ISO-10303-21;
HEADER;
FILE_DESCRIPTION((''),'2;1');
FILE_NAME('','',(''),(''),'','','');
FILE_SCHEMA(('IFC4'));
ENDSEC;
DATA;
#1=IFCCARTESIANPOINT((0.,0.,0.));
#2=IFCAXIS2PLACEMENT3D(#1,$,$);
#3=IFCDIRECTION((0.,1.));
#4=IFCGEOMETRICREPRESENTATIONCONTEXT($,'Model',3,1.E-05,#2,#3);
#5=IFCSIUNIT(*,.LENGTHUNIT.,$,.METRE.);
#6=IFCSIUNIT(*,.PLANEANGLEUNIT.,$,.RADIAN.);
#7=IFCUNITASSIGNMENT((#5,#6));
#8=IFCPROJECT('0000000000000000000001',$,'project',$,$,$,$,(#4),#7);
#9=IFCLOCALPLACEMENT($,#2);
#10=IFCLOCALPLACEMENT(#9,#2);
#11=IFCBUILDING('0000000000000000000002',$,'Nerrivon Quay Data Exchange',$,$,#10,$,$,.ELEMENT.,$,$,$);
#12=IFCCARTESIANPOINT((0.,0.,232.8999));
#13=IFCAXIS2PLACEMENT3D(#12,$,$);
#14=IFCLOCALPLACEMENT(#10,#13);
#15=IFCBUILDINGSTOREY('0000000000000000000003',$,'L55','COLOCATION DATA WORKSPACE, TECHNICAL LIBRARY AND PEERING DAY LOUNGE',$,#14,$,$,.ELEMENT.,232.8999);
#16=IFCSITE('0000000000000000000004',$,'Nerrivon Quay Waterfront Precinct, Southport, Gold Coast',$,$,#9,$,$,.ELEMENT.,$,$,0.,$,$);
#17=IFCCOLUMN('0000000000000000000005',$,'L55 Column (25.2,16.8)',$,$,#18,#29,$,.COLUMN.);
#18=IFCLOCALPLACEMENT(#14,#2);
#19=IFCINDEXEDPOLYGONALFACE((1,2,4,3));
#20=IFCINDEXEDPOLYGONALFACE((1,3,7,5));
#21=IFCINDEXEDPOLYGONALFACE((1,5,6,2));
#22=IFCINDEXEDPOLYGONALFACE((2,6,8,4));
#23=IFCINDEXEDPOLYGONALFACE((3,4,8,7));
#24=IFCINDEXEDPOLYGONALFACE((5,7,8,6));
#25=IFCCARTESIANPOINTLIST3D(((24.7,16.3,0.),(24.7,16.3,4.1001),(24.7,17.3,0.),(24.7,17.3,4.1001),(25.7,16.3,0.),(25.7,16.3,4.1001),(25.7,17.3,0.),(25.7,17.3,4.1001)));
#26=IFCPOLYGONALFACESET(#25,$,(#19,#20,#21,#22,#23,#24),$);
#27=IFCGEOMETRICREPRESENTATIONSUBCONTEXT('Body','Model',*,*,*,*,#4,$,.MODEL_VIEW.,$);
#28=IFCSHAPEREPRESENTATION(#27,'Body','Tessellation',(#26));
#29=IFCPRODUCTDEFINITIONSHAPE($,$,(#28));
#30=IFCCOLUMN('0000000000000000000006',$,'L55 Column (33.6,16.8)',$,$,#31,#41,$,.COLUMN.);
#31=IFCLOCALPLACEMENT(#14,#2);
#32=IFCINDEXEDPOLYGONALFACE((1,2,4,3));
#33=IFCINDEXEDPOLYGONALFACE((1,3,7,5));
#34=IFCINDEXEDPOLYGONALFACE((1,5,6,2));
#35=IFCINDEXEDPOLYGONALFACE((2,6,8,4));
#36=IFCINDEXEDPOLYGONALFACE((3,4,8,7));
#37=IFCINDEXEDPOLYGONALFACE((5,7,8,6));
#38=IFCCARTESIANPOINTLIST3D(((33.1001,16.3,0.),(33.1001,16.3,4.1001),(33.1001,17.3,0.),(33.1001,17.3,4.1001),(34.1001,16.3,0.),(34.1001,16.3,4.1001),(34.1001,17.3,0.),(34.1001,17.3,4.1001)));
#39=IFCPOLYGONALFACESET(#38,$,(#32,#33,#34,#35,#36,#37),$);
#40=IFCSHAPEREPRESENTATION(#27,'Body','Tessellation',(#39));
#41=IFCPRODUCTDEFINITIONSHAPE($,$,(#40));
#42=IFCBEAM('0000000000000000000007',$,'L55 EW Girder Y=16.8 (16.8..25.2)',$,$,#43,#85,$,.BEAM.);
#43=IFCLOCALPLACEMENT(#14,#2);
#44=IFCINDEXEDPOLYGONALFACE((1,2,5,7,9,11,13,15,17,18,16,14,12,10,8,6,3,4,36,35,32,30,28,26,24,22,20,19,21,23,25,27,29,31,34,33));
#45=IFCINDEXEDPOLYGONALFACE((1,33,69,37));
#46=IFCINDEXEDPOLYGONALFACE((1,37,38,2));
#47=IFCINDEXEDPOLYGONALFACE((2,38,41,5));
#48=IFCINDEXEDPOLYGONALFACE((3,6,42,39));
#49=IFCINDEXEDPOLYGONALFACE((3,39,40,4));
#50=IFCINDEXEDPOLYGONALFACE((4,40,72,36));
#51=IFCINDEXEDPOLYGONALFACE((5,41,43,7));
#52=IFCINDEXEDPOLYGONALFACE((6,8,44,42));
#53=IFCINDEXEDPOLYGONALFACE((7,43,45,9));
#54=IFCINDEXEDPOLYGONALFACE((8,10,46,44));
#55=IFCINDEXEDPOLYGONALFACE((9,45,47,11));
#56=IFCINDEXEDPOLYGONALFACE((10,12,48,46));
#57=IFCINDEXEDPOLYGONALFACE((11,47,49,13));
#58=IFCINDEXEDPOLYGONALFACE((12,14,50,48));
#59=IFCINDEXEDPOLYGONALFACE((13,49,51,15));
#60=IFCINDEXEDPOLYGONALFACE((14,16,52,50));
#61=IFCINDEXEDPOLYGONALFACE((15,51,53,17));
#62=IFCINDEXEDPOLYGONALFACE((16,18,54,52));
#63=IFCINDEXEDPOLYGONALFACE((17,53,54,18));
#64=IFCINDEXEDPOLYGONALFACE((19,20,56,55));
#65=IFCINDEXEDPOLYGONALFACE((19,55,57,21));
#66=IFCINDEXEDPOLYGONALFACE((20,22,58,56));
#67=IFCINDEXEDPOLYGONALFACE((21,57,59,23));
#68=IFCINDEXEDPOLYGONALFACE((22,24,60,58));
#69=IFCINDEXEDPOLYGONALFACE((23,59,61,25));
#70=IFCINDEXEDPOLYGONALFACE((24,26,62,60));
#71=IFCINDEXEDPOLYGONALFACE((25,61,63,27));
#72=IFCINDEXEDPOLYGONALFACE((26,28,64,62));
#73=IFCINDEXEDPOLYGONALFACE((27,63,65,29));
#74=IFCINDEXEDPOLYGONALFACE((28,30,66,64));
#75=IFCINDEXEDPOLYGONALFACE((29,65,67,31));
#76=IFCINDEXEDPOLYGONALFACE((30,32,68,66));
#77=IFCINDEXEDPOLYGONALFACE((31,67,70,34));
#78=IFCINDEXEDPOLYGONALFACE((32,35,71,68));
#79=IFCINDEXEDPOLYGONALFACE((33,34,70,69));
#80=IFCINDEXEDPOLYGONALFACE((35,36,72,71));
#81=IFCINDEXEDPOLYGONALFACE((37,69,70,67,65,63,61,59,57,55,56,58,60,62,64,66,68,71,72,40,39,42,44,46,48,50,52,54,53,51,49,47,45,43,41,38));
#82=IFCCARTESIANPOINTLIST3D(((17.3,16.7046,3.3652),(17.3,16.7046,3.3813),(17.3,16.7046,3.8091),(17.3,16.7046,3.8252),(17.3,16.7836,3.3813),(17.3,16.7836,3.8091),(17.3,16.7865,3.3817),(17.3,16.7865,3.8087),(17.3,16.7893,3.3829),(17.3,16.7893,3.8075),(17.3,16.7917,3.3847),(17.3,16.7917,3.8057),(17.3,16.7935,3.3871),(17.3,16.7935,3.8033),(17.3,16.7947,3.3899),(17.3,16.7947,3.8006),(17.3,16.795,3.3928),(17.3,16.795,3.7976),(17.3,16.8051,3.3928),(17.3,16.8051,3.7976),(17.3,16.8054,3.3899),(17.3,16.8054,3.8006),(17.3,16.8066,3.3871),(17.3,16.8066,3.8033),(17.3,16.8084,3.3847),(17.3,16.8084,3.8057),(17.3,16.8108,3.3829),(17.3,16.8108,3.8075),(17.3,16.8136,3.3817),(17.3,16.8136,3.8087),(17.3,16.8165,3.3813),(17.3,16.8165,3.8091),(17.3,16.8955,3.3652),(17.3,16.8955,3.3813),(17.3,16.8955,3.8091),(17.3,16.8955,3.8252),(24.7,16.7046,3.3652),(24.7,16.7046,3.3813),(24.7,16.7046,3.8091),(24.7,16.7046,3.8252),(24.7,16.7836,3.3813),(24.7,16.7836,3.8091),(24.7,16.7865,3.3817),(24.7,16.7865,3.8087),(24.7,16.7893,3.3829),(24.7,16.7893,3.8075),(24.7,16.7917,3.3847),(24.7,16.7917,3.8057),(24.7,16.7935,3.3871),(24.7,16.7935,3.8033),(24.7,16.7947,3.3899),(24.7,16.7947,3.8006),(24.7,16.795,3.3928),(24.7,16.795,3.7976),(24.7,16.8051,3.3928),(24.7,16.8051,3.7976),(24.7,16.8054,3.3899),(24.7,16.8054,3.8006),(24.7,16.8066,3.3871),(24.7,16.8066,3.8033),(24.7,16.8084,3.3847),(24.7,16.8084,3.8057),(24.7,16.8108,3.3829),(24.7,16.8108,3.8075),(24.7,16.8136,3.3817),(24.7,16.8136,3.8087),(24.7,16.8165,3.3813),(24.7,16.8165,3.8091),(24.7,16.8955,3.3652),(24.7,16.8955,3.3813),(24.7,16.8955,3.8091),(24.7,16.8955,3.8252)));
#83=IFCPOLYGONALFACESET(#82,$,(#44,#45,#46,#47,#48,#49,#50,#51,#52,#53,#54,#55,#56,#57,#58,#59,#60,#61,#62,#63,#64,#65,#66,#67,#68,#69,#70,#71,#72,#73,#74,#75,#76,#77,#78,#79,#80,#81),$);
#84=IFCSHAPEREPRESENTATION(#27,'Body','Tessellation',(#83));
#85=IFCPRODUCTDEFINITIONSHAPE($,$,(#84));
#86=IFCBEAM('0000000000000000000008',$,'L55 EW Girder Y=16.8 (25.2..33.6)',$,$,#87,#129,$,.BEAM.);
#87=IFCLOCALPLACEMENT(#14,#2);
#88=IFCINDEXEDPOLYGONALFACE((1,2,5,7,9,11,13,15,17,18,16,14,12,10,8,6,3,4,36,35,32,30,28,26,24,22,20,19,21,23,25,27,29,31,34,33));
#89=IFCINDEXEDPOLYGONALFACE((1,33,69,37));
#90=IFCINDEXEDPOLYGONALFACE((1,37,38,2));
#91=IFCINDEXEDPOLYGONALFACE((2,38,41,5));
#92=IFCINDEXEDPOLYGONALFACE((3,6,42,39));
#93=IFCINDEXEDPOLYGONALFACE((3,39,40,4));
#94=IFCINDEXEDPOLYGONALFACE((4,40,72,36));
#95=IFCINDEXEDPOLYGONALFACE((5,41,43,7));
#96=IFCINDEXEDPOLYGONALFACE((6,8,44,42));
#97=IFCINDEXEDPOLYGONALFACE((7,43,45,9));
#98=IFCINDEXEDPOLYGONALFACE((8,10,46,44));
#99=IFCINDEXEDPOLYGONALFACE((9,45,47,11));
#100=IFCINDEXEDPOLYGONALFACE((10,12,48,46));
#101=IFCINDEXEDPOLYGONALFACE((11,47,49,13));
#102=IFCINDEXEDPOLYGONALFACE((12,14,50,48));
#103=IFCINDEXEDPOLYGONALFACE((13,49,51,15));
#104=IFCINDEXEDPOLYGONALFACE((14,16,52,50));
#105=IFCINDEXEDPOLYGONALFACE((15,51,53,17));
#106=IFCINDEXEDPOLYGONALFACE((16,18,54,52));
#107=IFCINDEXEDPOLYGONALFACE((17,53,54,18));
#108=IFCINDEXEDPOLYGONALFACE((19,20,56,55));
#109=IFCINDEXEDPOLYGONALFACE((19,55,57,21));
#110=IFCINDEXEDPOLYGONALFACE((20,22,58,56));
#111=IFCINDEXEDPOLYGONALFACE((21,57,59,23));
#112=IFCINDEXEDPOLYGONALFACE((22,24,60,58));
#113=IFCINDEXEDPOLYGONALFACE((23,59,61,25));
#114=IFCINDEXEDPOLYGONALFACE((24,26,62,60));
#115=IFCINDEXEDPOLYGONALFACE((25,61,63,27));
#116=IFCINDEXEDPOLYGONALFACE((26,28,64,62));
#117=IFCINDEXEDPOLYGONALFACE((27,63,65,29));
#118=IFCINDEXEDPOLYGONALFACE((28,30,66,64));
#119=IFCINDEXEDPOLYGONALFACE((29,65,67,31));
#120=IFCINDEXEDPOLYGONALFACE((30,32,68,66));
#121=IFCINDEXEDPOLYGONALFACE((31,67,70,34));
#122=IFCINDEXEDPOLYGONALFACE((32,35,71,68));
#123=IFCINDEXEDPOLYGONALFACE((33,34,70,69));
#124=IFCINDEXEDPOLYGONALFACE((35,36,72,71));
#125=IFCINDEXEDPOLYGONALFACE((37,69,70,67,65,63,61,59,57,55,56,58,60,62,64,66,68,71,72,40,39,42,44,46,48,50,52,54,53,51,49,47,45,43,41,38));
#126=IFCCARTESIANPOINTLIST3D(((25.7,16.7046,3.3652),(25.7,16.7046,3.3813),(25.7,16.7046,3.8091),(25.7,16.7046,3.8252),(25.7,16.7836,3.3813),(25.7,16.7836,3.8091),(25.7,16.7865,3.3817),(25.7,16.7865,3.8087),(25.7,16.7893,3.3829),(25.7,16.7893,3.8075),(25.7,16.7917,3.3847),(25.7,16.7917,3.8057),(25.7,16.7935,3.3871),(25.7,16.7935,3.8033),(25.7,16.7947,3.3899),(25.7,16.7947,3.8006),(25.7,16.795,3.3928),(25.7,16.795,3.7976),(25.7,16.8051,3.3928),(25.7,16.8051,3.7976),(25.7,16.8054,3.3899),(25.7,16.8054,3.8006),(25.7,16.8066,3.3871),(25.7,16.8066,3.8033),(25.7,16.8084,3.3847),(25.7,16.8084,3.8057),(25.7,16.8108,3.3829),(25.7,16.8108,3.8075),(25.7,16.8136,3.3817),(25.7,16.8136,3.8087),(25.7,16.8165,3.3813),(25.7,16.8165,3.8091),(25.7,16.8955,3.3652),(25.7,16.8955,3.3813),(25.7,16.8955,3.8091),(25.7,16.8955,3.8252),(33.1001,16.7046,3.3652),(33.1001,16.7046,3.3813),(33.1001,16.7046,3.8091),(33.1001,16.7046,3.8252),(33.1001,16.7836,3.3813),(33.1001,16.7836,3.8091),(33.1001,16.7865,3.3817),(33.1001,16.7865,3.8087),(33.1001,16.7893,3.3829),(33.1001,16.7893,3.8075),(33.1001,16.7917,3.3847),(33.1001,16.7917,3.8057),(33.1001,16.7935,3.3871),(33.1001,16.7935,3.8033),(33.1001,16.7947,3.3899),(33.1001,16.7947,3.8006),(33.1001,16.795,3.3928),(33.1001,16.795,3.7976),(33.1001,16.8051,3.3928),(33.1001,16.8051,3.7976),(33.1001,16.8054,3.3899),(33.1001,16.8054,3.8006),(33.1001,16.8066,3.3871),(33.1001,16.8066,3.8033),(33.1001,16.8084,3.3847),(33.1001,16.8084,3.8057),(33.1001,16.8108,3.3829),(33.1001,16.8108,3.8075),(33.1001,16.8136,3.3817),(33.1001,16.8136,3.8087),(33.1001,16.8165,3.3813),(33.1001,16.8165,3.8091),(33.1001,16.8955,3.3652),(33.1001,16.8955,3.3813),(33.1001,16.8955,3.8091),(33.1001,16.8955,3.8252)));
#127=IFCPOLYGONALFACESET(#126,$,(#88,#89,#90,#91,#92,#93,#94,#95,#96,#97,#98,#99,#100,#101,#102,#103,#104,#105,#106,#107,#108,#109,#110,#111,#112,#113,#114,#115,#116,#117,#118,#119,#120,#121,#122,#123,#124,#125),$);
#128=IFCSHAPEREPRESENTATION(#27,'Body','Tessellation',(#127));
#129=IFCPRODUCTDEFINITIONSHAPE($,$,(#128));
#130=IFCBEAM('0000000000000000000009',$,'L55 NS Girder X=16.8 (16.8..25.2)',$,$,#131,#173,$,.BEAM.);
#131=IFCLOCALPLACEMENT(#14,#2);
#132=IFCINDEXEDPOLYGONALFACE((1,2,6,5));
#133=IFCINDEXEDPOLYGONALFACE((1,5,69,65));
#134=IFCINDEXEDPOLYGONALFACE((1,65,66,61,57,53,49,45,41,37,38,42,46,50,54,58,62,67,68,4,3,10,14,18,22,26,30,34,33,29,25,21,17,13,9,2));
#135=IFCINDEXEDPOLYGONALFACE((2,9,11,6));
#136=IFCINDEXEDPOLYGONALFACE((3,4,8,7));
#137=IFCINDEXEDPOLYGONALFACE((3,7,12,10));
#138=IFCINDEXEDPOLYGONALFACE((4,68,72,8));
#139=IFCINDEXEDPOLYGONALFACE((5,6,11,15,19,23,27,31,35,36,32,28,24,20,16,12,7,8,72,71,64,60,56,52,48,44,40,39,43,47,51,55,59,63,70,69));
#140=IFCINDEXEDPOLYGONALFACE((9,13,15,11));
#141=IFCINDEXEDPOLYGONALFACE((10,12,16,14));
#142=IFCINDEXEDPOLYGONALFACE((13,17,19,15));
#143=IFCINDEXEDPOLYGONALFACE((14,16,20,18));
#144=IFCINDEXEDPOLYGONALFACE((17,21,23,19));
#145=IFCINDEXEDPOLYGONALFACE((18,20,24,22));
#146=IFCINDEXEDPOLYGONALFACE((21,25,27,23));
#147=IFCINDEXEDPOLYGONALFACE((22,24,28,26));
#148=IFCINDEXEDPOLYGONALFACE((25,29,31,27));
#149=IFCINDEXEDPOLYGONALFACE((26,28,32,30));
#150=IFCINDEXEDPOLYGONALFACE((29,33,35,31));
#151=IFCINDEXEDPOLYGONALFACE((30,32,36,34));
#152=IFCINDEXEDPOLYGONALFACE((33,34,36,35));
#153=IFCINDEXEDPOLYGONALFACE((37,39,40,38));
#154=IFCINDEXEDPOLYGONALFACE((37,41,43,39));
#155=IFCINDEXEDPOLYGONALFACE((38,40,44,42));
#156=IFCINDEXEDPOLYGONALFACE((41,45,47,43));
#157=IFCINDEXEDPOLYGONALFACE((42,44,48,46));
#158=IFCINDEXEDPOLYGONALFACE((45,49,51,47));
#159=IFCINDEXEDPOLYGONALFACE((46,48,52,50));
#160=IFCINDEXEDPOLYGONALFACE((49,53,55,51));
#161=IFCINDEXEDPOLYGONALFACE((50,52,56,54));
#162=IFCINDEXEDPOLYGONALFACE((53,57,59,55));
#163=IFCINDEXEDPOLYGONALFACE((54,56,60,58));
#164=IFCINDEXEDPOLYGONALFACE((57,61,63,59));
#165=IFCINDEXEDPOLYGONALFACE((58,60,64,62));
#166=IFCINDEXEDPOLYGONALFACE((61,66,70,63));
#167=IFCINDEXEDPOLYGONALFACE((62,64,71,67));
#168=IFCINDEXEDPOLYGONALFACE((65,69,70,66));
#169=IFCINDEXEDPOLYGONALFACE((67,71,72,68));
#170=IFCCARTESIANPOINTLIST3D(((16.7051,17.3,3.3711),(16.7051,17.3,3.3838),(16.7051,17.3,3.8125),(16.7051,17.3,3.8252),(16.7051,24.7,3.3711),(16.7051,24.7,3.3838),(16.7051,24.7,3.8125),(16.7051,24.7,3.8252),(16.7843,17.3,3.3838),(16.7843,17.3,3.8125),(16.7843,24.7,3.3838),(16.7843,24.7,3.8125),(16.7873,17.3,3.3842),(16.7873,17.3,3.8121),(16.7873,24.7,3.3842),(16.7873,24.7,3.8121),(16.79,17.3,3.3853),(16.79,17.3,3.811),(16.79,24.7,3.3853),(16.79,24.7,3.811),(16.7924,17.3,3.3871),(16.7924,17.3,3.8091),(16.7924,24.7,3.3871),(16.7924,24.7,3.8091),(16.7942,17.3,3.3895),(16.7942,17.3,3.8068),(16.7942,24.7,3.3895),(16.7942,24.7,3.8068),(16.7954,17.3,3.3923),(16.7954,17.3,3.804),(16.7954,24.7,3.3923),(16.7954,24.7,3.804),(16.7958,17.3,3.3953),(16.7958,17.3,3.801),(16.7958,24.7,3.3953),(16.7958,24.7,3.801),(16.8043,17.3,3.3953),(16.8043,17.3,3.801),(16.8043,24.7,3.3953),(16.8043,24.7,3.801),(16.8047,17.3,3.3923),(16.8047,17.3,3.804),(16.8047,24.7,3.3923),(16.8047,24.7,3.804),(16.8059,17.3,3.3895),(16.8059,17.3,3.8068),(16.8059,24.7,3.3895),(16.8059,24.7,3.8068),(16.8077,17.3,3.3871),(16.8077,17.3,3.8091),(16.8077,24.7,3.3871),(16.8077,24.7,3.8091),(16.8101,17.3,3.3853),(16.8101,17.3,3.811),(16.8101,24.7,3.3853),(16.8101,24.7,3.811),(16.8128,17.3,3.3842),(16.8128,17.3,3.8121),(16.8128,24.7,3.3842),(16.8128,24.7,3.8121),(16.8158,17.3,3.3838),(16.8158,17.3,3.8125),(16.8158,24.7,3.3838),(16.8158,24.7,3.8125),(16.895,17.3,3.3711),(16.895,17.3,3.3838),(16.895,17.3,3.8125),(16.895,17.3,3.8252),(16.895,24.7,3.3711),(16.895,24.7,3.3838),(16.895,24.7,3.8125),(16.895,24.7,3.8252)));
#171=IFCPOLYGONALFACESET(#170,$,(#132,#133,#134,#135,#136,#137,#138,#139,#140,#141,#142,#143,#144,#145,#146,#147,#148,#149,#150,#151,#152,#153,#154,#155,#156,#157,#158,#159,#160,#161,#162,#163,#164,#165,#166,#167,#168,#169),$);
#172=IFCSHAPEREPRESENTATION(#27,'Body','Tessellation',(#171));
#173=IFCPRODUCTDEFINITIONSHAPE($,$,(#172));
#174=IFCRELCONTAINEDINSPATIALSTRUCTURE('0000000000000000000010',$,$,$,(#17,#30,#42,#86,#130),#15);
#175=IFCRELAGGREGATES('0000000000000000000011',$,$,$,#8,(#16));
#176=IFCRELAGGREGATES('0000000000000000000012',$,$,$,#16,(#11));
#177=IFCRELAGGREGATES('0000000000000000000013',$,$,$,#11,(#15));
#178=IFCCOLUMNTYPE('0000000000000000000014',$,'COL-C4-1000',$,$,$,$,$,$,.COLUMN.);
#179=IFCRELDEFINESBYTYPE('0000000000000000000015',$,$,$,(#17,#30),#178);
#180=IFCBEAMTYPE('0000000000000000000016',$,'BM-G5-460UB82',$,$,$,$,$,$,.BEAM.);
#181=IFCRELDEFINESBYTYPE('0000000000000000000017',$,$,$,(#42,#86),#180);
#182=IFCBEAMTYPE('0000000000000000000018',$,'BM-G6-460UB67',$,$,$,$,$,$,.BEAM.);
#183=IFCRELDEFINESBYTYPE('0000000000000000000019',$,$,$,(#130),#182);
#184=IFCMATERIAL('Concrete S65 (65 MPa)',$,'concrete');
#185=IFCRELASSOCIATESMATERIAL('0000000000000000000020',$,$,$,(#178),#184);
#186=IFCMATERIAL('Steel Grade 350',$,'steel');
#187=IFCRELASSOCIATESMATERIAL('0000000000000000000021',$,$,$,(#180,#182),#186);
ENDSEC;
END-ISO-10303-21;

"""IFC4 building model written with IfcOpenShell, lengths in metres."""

from ifc_helpers import new_model, si_unit, direction, frame, origin, origin_2d, place, context, subcontext, project, spatial, rectangle, i_section, extrude, material, material_profile, profile_set, type_object, element, save


model = new_model("IFC4")

# Units and contexts
model_context = context("Model", 3, precision=1e-05, world=origin(), true_north=direction((0.0, 1.0)))
body_context = subcontext(model_context, "Body", "Model", "MODEL_VIEW")
ifc_project = project(units=[si_unit("LENGTHUNIT", "METRE"), si_unit("PLANEANGLEUNIT", "RADIAN")], contexts=[model_context])

# Site, building, storey
site_placement = place(None, origin())
site = spatial("IfcSite", under=ifc_project, at=site_placement, Name="Nerrivon Quay Waterfront Precinct, Southport, Gold Coast", CompositionType="ELEMENT", RefElevation=0.0)
building_placement = place(site_placement, origin())
building = spatial("IfcBuilding", under=site, at=building_placement, Name="Nerrivon Quay Data Exchange", CompositionType="ELEMENT")
storey_placement = place(building_placement, frame((0.0, 0.0, 232.8999)))
storey = spatial("IfcBuildingStorey", under=building, at=storey_placement, Name="L55", Description="COLOCATION DATA WORKSPACE, TECHNICAL LIBRARY AND PEERING DAY LOUNGE", CompositionType="ELEMENT", Elevation=232.8999)

# Columns
ifc_material_1 = material(Name="Concrete S65 (65 MPa)", Category="concrete")
ifc_material_profile_1 = material_profile(ifc_material_1, rectangle(XDim=1.0, YDim=1.0, at=origin_2d()), Name="RC-COL-1000x1000")
ifc_profile_set_1 = profile_set([ifc_material_profile_1], Name="Concrete S65 (65 MPa)")
column_type = type_object("IfcColumnType", Name="COL-C4-1000", PredefinedType="COLUMN", material=ifc_profile_set_1)
for number, where, z_axis, x_axis, name in (
    (1, (25.2, 16.8, 0.0), (0.0, 0.0, 1.0), (1.0, 0.0, 0.0), "L55 Column (25.2,16.8)"),
    (2, (33.6001, 16.8, 0.0), (0.0, 0.0, 1.0), (1.0, 0.0, 0.0), "L55 Column (33.6,16.8)"),
):
    element("IfcColumn", number, at=place(storey_placement, frame(where, z_axis=z_axis, x_axis=x_axis)), inside=storey, type_object=column_type, Name=name, PredefinedType="COLUMN", context=body_context, shape_type="SweptSolid", body=[
        extrude(rectangle(XDim=1.0, YDim=1.0, at=origin_2d()), origin(), (0.0, 0.0, 1.0), 4.1001),
    ])

# Beams
ifc_material_2 = material(Name="Steel Grade 350", Category="steel")
ifc_material_profile_2 = material_profile(ifc_material_2, i_section(OverallWidth=0.1909, OverallDepth=0.46, WebThickness=0.01, FlangeThickness=0.0161, FilletRadius=0.0115, at=origin_2d()), Name="460UB82.1")
ifc_profile_set_2 = profile_set([ifc_material_profile_2], Name="Steel Grade 350")
beam_type_1 = type_object("IfcBeamType", Name="BM-G5-460UB82", PredefinedType="BEAM", material=ifc_profile_set_2)
beam_1_placement = place(storey_placement, frame((17.3, 16.8, 3.5952), z_axis=(1.0, 0.0, 0.0), x_axis=(0.0, 1.0, 0.0)))
element("IfcBeam", 3, at=beam_1_placement, inside=storey, type_object=beam_type_1, Name="L55 EW Girder Y=16.8 (16.8..25.2)", PredefinedType="BEAM", context=body_context, shape_type="SweptSolid", body=[
    extrude(i_section(OverallWidth=0.1909, OverallDepth=0.46, WebThickness=0.01, FlangeThickness=0.0161, FilletRadius=0.0115, at=origin_2d()), origin(), (0.0, 0.0, 1.0), 7.3999),
])
beam_2_placement = place(storey_placement, frame((25.7, 16.8, 3.5952), z_axis=(1.0, 0.0, 0.0), x_axis=(0.0, 1.0, 0.0)))
element("IfcBeam", 4, at=beam_2_placement, inside=storey, type_object=beam_type_1, Name="L55 EW Girder Y=16.8 (25.2..33.6)", PredefinedType="BEAM", context=body_context, shape_type="SweptSolid", body=[
    extrude(i_section(OverallWidth=0.1909, OverallDepth=0.46, WebThickness=0.01, FlangeThickness=0.0161, FilletRadius=0.0115, at=origin_2d()), origin(), (0.0, 0.0, 1.0), 7.4001),
])
ifc_material_profile_3 = material_profile(ifc_material_2, i_section(OverallWidth=0.1899, OverallDepth=0.4541, WebThickness=0.0085, FlangeThickness=0.0127, FilletRadius=0.0115, at=origin_2d()), Name="460UB67.1")
ifc_profile_set_3 = profile_set([ifc_material_profile_3], Name="Steel Grade 350")
beam_type_2 = type_object("IfcBeamType", Name="BM-G6-460UB67", PredefinedType="BEAM", material=ifc_profile_set_3)
beam_3_placement = place(storey_placement, frame((16.8, 17.3, 3.5981), z_axis=(0.0, 1.0, 0.0), x_axis=(-1.0, 0.0, 0.0)))
element("IfcBeam", 5, at=beam_3_placement, inside=storey, type_object=beam_type_2, Name="L55 NS Girder X=16.8 (16.8..25.2)", PredefinedType="BEAM", context=body_context, shape_type="SweptSolid", body=[
    extrude(i_section(OverallWidth=0.1899, OverallDepth=0.4541, WebThickness=0.0085, FlangeThickness=0.0127, FilletRadius=0.0115, at=origin_2d()), origin(), (0.0, 0.0, 1.0), 7.3999),
])

save(model, "model.ifc")
